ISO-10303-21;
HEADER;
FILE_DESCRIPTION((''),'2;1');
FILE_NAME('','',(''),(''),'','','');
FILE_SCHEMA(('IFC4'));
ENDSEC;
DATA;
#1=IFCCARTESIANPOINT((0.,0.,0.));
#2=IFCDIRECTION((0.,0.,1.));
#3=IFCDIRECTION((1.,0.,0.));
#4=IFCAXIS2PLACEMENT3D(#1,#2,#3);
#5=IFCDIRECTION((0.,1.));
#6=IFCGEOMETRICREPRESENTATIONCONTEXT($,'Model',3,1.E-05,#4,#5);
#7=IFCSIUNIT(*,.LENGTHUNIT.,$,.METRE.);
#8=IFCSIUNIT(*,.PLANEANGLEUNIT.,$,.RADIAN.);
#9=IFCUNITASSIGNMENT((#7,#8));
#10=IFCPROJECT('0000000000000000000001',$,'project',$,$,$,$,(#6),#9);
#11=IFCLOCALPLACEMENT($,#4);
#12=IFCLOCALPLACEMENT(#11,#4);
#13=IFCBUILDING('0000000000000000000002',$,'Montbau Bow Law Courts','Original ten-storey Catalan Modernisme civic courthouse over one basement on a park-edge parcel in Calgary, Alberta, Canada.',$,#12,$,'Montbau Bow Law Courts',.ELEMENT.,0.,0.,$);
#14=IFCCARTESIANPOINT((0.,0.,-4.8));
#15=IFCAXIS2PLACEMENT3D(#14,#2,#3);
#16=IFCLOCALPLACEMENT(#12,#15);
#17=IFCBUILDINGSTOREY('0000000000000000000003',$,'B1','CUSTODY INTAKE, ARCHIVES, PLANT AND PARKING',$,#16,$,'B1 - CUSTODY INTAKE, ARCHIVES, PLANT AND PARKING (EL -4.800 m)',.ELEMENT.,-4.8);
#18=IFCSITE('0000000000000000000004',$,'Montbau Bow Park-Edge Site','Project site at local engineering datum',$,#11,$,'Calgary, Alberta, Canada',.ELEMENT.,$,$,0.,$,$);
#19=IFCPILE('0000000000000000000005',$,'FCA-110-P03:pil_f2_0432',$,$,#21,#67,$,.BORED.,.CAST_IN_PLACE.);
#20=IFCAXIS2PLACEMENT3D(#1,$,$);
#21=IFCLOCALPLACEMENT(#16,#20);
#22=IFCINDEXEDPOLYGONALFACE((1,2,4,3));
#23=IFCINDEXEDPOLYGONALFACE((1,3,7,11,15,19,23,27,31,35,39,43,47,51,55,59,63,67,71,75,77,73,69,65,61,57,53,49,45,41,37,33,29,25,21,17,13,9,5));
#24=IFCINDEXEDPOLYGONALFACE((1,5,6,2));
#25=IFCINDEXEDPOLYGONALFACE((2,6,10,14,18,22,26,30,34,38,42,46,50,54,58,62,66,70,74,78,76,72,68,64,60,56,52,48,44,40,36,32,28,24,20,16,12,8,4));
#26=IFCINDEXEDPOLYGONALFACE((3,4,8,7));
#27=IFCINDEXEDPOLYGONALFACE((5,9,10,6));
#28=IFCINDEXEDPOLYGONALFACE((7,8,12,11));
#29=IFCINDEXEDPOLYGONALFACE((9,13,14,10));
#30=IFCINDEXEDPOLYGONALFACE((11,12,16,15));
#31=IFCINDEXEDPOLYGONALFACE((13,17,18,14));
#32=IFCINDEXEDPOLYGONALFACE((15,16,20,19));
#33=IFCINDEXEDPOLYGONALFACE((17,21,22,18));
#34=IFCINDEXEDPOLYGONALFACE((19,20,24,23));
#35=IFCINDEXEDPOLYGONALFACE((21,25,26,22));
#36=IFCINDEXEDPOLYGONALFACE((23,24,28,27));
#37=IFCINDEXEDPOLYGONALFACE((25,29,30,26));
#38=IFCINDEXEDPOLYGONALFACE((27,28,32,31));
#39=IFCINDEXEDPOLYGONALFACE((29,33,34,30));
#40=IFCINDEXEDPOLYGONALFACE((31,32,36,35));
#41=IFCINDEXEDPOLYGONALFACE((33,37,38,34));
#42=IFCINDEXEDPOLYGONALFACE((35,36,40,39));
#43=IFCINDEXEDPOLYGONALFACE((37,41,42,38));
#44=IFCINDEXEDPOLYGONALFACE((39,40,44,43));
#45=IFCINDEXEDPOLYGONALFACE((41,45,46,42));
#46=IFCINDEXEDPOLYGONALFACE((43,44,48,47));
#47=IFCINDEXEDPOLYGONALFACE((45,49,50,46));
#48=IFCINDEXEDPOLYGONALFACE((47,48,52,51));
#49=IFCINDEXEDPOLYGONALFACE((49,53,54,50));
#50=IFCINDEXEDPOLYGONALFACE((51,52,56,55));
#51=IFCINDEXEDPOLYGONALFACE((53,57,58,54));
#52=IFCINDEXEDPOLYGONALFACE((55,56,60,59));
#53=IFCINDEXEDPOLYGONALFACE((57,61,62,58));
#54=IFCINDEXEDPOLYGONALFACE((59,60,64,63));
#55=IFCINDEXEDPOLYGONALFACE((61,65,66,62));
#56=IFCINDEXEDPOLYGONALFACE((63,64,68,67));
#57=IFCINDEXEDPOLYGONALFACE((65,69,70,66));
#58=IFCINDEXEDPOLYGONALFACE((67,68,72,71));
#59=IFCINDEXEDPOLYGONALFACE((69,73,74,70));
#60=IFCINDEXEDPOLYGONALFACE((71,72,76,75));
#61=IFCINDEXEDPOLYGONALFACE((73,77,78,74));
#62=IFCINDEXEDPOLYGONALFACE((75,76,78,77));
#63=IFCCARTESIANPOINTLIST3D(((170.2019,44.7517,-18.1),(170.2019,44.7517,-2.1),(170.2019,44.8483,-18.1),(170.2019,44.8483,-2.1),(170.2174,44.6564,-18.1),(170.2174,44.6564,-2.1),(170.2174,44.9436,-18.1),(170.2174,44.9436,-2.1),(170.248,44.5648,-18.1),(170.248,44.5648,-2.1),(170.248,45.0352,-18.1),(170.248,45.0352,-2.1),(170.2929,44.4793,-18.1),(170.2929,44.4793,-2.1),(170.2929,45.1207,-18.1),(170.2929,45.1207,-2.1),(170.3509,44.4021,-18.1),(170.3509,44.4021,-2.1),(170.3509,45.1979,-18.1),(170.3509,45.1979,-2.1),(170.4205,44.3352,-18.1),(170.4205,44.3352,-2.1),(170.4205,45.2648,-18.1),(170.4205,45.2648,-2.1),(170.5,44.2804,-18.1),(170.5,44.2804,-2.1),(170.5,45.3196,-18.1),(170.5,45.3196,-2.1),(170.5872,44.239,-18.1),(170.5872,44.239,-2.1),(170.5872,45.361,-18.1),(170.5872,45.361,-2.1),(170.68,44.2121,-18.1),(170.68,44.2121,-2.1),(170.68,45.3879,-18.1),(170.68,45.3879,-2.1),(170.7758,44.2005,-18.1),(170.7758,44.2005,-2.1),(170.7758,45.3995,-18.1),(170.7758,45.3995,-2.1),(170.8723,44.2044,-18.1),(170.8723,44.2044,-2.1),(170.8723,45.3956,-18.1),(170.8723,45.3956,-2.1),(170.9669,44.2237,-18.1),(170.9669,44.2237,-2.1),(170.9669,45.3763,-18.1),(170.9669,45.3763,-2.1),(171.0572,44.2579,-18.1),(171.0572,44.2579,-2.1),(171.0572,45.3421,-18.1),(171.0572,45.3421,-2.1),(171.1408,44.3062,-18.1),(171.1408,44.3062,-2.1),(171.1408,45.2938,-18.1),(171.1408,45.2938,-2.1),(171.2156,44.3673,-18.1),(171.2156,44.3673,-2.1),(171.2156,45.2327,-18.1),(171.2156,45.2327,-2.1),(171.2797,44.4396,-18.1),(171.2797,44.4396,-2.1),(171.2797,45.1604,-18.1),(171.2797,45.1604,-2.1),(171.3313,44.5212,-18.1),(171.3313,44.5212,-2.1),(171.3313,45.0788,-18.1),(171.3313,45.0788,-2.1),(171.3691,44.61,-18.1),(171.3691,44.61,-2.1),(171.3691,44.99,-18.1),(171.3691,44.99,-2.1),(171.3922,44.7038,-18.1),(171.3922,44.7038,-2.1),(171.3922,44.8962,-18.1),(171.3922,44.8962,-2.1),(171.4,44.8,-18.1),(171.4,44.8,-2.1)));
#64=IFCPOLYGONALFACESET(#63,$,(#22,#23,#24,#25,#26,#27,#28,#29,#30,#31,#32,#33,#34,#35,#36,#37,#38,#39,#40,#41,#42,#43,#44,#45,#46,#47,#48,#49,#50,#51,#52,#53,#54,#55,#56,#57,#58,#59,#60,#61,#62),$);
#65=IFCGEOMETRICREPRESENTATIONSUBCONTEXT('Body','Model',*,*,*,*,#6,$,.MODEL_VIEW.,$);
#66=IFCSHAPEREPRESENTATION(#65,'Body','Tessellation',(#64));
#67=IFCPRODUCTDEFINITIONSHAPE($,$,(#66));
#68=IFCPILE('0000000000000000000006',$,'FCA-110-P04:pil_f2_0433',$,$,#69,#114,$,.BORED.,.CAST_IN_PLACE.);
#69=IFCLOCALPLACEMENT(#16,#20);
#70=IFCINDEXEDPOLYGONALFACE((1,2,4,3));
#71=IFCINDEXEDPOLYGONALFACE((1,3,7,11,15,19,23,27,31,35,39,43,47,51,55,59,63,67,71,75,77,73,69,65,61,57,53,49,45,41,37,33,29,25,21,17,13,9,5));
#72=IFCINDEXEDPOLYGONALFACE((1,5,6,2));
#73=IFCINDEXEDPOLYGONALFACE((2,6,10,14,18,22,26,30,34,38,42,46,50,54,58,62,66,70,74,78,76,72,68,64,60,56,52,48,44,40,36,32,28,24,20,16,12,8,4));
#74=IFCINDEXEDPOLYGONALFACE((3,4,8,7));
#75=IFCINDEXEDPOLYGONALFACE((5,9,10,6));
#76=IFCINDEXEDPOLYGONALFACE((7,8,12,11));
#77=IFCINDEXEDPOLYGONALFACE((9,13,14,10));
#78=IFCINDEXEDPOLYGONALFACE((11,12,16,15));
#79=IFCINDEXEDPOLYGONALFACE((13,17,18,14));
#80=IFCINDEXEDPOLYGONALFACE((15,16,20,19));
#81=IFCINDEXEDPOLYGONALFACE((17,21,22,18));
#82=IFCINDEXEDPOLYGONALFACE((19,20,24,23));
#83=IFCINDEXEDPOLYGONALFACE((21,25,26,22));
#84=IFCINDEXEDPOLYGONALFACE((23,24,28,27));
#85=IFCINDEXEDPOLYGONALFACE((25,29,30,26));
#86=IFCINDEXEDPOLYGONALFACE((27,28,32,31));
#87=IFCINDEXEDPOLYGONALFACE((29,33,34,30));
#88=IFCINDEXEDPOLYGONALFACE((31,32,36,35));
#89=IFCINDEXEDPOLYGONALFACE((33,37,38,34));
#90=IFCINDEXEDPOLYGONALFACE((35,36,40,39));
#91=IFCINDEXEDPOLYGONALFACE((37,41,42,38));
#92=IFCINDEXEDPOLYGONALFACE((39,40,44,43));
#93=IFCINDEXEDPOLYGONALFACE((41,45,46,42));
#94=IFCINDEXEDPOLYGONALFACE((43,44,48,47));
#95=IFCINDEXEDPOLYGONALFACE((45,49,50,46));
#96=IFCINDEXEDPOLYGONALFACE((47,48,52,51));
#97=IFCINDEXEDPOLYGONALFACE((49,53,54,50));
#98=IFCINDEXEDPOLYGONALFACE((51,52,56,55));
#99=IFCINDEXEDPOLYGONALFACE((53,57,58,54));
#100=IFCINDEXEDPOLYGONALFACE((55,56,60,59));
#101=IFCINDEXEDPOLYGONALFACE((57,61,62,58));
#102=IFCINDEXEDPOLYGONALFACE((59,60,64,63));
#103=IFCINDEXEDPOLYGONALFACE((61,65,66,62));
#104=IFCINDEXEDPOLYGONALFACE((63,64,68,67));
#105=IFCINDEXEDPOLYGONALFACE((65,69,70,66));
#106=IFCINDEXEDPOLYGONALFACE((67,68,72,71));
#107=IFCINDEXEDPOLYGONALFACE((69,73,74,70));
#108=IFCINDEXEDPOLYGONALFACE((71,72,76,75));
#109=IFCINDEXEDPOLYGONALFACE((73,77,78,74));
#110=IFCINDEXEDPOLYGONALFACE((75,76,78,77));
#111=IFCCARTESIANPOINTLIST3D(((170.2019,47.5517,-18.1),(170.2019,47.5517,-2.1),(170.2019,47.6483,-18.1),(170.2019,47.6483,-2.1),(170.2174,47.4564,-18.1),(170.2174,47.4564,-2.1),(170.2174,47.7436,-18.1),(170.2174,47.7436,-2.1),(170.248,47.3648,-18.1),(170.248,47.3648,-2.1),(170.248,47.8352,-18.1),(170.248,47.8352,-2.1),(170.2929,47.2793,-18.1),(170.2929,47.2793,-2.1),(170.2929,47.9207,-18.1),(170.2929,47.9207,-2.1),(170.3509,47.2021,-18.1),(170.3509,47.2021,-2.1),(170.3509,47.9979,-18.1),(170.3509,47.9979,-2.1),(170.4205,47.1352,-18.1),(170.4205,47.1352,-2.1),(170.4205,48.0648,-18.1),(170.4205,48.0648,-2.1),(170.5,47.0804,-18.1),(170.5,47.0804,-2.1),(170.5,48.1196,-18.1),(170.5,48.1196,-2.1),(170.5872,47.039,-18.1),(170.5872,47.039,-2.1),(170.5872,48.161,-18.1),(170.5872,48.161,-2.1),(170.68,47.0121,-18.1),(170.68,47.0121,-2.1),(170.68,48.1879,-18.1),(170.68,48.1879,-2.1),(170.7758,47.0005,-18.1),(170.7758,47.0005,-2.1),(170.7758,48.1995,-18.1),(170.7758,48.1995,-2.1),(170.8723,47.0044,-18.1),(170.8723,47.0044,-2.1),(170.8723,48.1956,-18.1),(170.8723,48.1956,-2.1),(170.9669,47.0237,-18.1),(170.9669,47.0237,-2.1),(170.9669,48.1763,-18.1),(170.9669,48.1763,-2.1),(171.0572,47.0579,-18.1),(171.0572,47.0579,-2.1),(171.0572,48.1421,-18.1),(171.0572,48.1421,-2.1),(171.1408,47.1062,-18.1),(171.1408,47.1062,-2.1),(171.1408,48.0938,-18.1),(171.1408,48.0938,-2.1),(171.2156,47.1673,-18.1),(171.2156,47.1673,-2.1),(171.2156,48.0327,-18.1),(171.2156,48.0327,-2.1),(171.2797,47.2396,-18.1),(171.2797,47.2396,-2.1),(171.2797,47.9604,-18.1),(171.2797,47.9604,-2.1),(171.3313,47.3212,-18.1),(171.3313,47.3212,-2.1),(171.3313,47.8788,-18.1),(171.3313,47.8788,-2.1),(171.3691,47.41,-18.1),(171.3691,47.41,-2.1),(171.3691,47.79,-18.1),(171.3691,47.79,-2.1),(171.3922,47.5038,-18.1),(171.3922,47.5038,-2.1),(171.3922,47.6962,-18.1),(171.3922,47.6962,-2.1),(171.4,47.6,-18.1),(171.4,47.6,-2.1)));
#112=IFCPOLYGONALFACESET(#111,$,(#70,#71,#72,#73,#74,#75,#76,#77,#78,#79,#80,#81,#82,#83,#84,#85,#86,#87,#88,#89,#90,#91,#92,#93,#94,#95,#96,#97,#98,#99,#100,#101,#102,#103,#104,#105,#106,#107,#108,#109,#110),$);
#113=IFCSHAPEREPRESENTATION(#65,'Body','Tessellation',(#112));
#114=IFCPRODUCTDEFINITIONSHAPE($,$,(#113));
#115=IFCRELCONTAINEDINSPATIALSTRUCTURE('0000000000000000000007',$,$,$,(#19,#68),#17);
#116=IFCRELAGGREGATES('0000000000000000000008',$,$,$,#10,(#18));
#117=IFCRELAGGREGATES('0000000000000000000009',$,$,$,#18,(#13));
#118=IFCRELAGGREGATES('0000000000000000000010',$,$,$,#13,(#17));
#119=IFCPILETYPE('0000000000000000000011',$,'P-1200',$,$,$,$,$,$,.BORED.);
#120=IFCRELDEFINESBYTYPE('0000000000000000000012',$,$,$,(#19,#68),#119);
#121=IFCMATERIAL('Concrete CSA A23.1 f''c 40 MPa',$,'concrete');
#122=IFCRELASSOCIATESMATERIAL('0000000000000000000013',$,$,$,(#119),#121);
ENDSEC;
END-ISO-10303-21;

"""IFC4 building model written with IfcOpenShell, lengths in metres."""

from ifc_helpers import new_model, si_unit, direction, frame, origin_with_axes, origin_2d_with_axis, place, context, subcontext, project, spatial, circle, extrude, material, material_profile, profile_set, type_object, element, save


model = new_model("IFC4")

# Units and contexts
model_context = context("Model", 3, precision=1e-05, world=origin_with_axes(), true_north=direction((0.0, 1.0)))
body_context = subcontext(model_context, "Body", "Model", "MODEL_VIEW")
ifc_project = project(units=[si_unit("LENGTHUNIT", "METRE"), si_unit("PLANEANGLEUNIT", "RADIAN")], contexts=[model_context])

# Site, building, storey
site_placement = place(None, origin_with_axes())
site = spatial("IfcSite", under=ifc_project, at=site_placement, Name="Montbau Bow Park-Edge Site", Description="Project site at local engineering datum", LongName="Calgary, Alberta, Canada", CompositionType="ELEMENT", RefElevation=0.0)
building_placement = place(site_placement, origin_with_axes())
building = spatial("IfcBuilding", under=site, at=building_placement, Name="Montbau Bow Law Courts", Description="Original ten-storey Catalan Modernisme civic courthouse over one basement on a park-edge parcel in Calgary, Alberta, Canada.", LongName="Montbau Bow Law Courts", CompositionType="ELEMENT", ElevationOfRefHeight=0.0, ElevationOfTerrain=0.0)
storey_placement = place(building_placement, frame((0.0, 0.0, -4.8), z_axis=(0.0, 0.0, 1.0), x_axis=(1.0, 0.0, 0.0)))
storey = spatial("IfcBuildingStorey", under=building, at=storey_placement, Name="B1", Description="CUSTODY INTAKE, ARCHIVES, PLANT AND PARKING", LongName="B1 - CUSTODY INTAKE, ARCHIVES, PLANT AND PARKING (EL -4.800 m)", CompositionType="ELEMENT", Elevation=-4.8)

# Piles
ifc_material_1 = material(Name="Concrete CSA A23.1 f'c 40 MPa", Category="concrete")
ifc_material_profile_1 = material_profile(ifc_material_1, circle(Radius=0.6, at=origin_2d_with_axis()), Name="BP1200", Category="Main", Priority=0)
ifc_profile_set_1 = profile_set([ifc_material_profile_1], Name="Concrete CSA A23.1 f'c 40 MPa")
pile_type_1 = type_object("IfcPileType", Name="P-1200", PredefinedType="BORED", material=ifc_profile_set_1)
for number, where, z_axis, x_axis, name in (
    (1, (170.8, 44.8, -22.9), (0.0, 0.0, 1.0), (1.0, 0.0, 0.0), "FCA-110-P03:pil_f2_0432"),
    (2, (170.8, 47.6, -22.9), (0.0, 0.0, 1.0), (1.0, 0.0, 0.0), "FCA-110-P04:pil_f2_0433"),
):
    element("IfcPile", number, at=place(None, frame(where, z_axis=z_axis, x_axis=x_axis)), inside=storey, type_object=pile_type_1, Name=name, ConstructionType="CAST_IN_PLACE", PredefinedType="BORED", context=body_context, shape_type="SweptSolid", body=[
        extrude(circle(Radius=0.6, at=origin_2d_with_axis()), origin_with_axes(), (0.0, 0.0, 1.0), 16.0),
    ])

save(model, "model.ifc")
